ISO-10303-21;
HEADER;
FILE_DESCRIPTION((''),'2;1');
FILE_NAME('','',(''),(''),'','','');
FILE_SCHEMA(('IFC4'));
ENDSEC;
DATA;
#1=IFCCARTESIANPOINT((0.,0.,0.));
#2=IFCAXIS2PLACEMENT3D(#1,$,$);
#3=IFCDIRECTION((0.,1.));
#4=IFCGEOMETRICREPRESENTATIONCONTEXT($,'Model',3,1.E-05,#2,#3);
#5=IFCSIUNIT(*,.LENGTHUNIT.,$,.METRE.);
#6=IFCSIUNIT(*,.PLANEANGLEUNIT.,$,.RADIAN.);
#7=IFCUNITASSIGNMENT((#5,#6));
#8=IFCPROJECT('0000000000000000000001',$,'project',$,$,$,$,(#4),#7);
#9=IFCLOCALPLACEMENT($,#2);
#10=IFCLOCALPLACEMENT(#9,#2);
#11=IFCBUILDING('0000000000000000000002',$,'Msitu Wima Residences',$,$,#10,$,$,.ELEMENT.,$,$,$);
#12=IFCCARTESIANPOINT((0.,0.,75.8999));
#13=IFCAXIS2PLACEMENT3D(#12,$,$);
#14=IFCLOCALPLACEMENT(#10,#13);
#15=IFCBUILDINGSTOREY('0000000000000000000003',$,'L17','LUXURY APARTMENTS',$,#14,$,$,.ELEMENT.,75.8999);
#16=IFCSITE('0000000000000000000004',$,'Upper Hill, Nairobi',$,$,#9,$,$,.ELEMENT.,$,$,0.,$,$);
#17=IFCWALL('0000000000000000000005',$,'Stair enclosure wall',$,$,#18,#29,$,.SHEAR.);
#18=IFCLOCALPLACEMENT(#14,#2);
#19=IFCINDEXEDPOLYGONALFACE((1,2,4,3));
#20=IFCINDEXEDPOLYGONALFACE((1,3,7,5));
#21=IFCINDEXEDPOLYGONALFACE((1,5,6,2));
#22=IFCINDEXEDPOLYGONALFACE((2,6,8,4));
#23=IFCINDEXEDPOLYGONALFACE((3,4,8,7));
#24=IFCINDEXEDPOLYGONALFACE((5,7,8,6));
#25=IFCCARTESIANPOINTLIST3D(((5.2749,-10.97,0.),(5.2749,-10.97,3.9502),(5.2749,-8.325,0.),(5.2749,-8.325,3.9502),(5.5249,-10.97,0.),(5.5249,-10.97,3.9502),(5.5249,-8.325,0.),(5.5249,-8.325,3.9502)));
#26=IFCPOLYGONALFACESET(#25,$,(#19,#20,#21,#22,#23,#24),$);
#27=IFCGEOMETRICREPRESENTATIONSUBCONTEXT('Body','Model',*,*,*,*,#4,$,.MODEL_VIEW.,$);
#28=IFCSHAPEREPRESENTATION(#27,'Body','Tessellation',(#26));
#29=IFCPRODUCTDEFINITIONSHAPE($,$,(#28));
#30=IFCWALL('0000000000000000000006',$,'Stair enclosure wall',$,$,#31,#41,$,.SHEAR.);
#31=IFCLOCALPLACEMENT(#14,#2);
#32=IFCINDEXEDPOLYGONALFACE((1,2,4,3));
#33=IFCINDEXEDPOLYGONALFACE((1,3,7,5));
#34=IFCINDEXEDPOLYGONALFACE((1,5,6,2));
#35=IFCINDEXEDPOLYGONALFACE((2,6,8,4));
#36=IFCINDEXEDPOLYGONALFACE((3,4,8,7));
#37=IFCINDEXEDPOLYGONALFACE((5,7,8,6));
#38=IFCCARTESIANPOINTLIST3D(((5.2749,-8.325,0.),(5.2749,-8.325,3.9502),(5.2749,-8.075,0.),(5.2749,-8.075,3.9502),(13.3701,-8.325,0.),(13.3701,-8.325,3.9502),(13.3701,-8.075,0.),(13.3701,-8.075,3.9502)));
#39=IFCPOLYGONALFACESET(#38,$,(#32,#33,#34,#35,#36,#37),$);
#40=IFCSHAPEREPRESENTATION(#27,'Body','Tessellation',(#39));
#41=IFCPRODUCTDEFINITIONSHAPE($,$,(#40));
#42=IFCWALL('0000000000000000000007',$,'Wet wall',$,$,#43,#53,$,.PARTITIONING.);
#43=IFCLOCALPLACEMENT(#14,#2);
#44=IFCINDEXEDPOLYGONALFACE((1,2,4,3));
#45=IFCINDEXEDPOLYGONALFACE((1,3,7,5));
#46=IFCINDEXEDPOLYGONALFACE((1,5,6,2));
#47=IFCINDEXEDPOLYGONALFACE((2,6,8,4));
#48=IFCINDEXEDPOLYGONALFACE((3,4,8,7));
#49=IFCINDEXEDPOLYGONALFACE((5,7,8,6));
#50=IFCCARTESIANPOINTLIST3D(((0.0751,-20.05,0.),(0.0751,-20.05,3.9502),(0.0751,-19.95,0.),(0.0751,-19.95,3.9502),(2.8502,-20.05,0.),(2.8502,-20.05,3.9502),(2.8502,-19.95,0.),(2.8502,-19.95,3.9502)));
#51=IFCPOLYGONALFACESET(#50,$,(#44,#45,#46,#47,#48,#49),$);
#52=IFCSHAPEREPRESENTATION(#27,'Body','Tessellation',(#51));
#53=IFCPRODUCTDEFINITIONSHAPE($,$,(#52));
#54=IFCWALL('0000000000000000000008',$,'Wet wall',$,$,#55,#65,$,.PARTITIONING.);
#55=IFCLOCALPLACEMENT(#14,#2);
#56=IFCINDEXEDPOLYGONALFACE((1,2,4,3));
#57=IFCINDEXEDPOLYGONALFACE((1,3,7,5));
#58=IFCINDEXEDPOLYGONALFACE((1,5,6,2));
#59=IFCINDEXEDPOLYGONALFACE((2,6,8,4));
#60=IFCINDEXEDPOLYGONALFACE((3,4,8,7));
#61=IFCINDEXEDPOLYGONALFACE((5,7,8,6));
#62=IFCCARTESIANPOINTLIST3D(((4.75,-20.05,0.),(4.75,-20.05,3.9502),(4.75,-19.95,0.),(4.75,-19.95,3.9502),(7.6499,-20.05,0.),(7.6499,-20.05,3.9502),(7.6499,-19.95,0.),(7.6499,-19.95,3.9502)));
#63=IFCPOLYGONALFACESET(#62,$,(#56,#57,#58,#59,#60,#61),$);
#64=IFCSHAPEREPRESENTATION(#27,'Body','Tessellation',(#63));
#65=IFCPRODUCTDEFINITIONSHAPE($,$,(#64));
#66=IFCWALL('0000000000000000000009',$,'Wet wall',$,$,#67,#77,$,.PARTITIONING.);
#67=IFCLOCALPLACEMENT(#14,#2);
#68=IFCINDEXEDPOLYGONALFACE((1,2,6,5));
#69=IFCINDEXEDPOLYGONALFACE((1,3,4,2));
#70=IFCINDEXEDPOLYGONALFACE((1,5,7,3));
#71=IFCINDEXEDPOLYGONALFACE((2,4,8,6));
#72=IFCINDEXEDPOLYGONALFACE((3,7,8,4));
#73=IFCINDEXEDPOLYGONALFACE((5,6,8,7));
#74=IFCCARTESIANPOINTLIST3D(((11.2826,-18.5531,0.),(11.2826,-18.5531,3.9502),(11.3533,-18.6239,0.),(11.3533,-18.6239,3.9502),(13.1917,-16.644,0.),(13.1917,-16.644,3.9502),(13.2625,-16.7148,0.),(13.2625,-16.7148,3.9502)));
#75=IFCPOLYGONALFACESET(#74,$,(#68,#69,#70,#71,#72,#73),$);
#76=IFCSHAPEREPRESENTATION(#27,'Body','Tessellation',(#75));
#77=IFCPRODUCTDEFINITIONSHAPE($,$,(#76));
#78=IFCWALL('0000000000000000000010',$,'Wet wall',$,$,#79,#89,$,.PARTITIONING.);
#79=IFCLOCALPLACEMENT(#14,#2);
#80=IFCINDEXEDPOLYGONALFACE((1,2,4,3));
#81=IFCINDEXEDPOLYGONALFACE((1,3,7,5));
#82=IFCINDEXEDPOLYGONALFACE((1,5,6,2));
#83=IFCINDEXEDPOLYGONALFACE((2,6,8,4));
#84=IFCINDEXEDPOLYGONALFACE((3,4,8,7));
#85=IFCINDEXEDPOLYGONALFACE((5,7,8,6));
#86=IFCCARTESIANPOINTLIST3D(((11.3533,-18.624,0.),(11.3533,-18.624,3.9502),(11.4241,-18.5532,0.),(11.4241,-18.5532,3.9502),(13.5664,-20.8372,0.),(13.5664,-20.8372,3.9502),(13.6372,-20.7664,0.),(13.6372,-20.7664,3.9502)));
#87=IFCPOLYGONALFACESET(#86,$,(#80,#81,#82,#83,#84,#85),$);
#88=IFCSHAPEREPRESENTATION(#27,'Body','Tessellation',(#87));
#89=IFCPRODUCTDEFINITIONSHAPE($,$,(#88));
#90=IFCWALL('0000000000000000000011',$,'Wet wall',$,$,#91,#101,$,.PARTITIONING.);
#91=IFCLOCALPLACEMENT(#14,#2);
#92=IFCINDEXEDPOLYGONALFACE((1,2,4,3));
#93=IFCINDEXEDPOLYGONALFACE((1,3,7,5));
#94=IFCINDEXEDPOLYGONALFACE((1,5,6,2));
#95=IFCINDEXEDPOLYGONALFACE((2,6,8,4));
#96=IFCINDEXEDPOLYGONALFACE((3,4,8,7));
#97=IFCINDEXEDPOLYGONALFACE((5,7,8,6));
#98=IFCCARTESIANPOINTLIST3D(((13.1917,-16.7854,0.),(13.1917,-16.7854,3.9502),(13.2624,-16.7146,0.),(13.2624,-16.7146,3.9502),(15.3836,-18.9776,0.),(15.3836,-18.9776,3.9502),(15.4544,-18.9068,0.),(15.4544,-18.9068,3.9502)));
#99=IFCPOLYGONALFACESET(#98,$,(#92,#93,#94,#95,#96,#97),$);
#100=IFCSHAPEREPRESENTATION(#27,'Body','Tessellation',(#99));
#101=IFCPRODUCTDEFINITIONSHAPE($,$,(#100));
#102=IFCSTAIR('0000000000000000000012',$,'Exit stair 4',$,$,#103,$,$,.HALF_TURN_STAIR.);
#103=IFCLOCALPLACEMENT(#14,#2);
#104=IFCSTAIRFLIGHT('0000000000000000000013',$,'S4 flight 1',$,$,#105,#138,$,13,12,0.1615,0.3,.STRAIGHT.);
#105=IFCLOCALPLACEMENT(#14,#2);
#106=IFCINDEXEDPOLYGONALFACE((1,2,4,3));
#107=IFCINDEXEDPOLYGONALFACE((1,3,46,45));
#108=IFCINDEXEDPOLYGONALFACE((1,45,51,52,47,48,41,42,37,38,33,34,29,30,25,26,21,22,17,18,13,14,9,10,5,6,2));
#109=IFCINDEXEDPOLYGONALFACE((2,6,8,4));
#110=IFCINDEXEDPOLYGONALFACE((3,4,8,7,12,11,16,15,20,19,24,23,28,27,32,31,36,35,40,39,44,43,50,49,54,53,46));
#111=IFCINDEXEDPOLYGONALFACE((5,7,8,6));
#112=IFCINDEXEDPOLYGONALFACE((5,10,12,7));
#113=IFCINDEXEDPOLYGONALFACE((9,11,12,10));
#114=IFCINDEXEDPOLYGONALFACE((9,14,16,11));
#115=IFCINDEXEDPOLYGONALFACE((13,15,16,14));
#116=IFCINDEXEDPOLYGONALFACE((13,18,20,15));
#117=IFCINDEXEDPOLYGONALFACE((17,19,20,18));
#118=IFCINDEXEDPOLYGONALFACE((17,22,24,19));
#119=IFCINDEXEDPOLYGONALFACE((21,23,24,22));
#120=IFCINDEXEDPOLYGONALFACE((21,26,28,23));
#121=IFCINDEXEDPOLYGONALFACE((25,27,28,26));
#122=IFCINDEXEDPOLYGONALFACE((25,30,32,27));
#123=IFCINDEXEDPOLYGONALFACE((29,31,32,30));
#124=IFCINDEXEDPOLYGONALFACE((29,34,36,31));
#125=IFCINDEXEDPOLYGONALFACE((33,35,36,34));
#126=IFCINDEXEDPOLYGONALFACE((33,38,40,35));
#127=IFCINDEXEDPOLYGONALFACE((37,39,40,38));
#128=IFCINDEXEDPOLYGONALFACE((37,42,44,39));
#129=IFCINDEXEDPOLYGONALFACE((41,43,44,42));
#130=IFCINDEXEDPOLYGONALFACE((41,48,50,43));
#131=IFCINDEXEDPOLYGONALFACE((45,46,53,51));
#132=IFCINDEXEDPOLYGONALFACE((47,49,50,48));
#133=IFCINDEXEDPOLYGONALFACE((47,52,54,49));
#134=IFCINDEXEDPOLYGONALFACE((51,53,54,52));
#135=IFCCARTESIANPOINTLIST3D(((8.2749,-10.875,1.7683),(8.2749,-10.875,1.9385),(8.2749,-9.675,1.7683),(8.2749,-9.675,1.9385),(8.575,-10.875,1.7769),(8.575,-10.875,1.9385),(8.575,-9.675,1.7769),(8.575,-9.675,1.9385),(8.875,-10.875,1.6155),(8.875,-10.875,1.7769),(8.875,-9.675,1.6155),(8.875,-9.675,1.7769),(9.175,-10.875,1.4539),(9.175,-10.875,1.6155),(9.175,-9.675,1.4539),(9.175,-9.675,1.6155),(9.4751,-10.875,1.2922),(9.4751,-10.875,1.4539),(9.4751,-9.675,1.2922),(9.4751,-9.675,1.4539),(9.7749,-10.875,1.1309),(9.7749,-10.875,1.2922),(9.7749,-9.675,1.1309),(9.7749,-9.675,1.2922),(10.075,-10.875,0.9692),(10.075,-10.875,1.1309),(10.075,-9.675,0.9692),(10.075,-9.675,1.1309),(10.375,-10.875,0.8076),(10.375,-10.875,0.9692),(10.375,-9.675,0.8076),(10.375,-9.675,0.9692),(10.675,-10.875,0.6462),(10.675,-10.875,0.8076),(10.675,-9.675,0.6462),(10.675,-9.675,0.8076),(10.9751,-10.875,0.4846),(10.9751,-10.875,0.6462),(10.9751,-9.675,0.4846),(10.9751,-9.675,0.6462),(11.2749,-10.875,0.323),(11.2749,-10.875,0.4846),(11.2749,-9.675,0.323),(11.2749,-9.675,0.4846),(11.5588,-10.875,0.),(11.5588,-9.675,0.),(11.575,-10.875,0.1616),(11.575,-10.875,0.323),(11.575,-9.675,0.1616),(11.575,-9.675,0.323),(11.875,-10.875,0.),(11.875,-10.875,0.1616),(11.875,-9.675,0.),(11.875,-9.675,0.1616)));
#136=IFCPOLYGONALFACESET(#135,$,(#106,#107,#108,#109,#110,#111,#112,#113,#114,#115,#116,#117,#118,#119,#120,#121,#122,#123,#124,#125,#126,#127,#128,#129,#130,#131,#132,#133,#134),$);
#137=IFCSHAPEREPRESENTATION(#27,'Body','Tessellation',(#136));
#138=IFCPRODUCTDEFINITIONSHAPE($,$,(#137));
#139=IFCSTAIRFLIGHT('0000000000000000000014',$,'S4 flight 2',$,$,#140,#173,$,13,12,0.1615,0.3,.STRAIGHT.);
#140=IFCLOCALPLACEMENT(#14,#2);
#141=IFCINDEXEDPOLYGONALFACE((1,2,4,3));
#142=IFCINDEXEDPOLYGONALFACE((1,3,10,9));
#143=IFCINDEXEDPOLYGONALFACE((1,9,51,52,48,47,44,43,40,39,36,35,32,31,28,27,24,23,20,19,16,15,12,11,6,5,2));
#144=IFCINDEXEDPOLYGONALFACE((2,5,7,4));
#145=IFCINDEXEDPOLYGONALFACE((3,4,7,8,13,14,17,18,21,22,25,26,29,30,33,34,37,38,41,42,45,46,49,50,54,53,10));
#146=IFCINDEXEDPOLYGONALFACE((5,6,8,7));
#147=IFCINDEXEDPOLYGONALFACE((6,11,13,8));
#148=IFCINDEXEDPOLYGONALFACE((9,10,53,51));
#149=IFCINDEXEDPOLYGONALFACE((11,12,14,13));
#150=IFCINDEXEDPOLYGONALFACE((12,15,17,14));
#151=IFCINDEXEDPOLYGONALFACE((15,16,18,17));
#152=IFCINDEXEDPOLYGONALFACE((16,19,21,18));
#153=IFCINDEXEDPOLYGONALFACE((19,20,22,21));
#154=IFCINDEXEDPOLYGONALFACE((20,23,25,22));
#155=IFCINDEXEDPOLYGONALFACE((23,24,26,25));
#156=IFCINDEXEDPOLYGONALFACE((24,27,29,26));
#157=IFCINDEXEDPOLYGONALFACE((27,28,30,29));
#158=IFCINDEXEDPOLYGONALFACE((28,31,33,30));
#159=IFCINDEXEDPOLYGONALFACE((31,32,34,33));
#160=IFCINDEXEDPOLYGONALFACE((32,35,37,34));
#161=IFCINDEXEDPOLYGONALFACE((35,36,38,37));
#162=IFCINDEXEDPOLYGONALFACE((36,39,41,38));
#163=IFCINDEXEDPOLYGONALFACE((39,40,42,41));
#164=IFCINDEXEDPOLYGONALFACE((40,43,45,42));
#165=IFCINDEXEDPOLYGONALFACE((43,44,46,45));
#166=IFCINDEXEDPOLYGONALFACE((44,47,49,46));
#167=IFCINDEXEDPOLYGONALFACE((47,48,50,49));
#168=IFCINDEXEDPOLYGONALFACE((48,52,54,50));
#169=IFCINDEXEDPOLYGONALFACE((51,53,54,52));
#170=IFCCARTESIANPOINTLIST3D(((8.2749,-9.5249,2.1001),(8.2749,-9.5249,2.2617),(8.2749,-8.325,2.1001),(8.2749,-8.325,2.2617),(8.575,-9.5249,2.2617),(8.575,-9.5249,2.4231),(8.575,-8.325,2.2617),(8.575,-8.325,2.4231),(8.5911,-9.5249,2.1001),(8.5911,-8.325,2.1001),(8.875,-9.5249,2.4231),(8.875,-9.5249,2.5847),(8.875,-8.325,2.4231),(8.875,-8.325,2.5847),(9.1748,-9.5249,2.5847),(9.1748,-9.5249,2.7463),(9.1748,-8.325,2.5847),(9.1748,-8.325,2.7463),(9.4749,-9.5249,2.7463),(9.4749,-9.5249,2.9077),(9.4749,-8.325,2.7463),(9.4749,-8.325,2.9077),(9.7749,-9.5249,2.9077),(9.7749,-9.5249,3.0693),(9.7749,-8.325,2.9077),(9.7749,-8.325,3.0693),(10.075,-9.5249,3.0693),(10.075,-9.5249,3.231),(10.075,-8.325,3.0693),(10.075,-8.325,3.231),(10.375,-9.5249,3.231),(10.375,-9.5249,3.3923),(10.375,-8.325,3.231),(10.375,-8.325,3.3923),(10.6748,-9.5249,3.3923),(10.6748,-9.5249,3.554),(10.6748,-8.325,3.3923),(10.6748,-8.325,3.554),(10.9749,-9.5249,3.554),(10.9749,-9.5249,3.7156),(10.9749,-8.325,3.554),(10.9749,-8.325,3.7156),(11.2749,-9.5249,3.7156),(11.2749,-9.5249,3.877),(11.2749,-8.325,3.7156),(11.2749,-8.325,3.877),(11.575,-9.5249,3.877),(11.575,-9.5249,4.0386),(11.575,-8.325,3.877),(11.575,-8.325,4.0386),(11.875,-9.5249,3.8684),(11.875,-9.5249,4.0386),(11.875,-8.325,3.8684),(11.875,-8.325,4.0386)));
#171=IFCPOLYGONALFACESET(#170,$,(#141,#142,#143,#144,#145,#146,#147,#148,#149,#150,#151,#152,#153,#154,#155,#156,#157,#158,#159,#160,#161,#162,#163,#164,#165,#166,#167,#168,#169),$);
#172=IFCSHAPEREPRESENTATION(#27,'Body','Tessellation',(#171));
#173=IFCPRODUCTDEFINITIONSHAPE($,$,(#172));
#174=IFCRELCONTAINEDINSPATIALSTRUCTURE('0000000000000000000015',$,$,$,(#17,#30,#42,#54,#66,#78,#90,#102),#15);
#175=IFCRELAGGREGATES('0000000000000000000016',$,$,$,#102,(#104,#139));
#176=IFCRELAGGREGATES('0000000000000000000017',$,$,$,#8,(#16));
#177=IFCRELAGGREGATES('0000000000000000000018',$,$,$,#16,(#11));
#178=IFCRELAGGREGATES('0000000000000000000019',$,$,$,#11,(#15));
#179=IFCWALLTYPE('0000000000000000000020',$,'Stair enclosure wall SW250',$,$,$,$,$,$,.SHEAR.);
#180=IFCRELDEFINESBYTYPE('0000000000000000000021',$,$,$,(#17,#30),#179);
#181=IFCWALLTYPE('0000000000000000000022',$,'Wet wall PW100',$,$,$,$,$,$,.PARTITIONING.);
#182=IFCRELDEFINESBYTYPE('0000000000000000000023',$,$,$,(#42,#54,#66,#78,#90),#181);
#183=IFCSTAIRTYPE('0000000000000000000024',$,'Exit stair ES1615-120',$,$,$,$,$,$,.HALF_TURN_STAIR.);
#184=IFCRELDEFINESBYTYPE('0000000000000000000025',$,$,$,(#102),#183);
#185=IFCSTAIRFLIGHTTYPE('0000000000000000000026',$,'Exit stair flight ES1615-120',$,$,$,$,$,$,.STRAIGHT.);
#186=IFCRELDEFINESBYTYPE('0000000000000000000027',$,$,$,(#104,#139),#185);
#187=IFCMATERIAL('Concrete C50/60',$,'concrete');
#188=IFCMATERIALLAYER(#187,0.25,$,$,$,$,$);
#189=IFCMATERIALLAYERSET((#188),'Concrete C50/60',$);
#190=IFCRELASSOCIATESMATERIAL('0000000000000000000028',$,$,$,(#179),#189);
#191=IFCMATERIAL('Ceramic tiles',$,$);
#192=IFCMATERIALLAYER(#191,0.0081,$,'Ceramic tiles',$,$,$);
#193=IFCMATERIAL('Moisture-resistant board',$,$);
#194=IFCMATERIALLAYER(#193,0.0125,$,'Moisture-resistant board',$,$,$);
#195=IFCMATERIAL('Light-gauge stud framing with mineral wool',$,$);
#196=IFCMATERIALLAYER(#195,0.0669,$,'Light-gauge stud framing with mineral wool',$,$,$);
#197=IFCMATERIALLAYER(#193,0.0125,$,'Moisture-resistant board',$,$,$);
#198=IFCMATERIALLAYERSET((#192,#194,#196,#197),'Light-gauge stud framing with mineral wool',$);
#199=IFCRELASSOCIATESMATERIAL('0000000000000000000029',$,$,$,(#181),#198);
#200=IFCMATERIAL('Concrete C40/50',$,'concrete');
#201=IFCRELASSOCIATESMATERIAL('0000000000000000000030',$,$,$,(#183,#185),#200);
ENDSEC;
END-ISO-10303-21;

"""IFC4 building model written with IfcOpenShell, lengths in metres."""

from ifc_helpers import new_model, si_unit, direction, frame, frame_2d, origin, place, context, subcontext, project, spatial, polyline, rectangle, outline, extrude, material, layer, layer_set, type_object, element, aggregate, save


model = new_model("IFC4")

# Units and contexts
model_context = context("Model", 3, precision=1e-05, world=origin(), true_north=direction((0.0, 1.0)))
body_context = subcontext(model_context, "Body", "Model", "MODEL_VIEW")
ifc_project = project(units=[si_unit("LENGTHUNIT", "METRE"), si_unit("PLANEANGLEUNIT", "RADIAN")], contexts=[model_context])

# Site, building, storey
site_placement = place(None, origin())
site = spatial("IfcSite", under=ifc_project, at=site_placement, Name="Upper Hill, Nairobi", CompositionType="ELEMENT", RefElevation=0.0)
building_placement = place(site_placement, origin())
building = spatial("IfcBuilding", under=site, at=building_placement, Name="Msitu Wima Residences", CompositionType="ELEMENT")
storey_placement = place(building_placement, frame((0.0, 0.0, 75.8999)))
storey = spatial("IfcBuildingStorey", under=building, at=storey_placement, Name="L17", Description="LUXURY APARTMENTS", CompositionType="ELEMENT", Elevation=75.8999)

# Shared definitions
ifc_material_1 = material(Name="Concrete C40/50", Category="concrete")

# Walls
ifc_material_2 = material(Name="Light-gauge stud framing with mineral wool")
ifc_material_3 = material(Name="Concrete C50/60", Category="concrete")
ifc_layer_1 = layer(ifc_material_3, 0.25)
ifc_layer_set_1 = layer_set([ifc_layer_1], Name="Concrete C50/60")
wall_type_1 = type_object("IfcWallType", Name="Stair enclosure wall SW250", PredefinedType="SHEAR", material=ifc_layer_set_1)
wall_1_placement = place(storey_placement, frame((5.3999, -10.97, 0.0), z_axis=(0.0, 0.0, 1.0), x_axis=(0.0, 1.0, 0.0)))
element("IfcWall", 1, at=wall_1_placement, inside=storey, type_object=wall_type_1, Name="Stair enclosure wall", PredefinedType="SHEAR", context=body_context, shape_type="SweptSolid", body=[
    extrude(rectangle(XDim=2.645, YDim=0.25, at=frame_2d((1.3225, 0.0))), origin(), (0.0, 0.0, 1.0), 3.9502),
])
wall_2_placement = place(storey_placement, frame((5.2749, -8.2, 0.0), z_axis=(0.0, 0.0, 1.0), x_axis=(1.0, 0.0, 0.0)))
element("IfcWall", 2, at=wall_2_placement, inside=storey, type_object=wall_type_1, Name="Stair enclosure wall", PredefinedType="SHEAR", context=body_context, shape_type="SweptSolid", body=[
    extrude(rectangle(XDim=8.0952, YDim=0.25, at=frame_2d((4.0476, 0.0))), origin(), (0.0, 0.0, 1.0), 3.9502),
])
ifc_material_4 = material(Name="Ceramic tiles")
ifc_layer_2 = layer(ifc_material_4, 0.0081, Name="Ceramic tiles")
ifc_material_5 = material(Name="Moisture-resistant board")
ifc_layer_3 = layer(ifc_material_5, 0.0125, Name="Moisture-resistant board")
ifc_layer_4 = layer(ifc_material_2, 0.0669, Name="Light-gauge stud framing with mineral wool")
ifc_layer_5 = layer(ifc_material_5, 0.0125, Name="Moisture-resistant board")
ifc_layer_set_2 = layer_set([ifc_layer_2, ifc_layer_3, ifc_layer_4, ifc_layer_5], Name="Light-gauge stud framing with mineral wool")
wall_type_2 = type_object("IfcWallType", Name="Wet wall PW100", PredefinedType="PARTITIONING", material=ifc_layer_set_2)
wall_3_placement = place(storey_placement, frame((0.075, -20.0, 0.0), z_axis=(0.0, 0.0, 1.0), x_axis=(1.0, 0.0, 0.0)))
element("IfcWall", 3, at=wall_3_placement, inside=storey, type_object=wall_type_2, Name="Wet wall", PredefinedType="PARTITIONING", context=body_context, shape_type="SweptSolid", body=[
    extrude(rectangle(XDim=2.7751, YDim=0.1001, at=frame_2d((1.3877, 0.0))), origin(), (0.0, 0.0, 1.0), 3.9502),
])
wall_4_placement = place(storey_placement, frame((4.75, -20.0, 0.0), z_axis=(0.0, 0.0, 1.0), x_axis=(1.0, 0.0, 0.0)))
element("IfcWall", 4, at=wall_4_placement, inside=storey, type_object=wall_type_2, Name="Wet wall", PredefinedType="PARTITIONING", context=body_context, shape_type="SweptSolid", body=[
    extrude(rectangle(XDim=2.8999, YDim=0.1001, at=frame_2d((1.45, 0.0))), origin(), (0.0, 0.0, 1.0), 3.9502),
])
wall_5_placement = place(storey_placement, frame((11.3179, -18.5886, 0.0), z_axis=(0.0, 0.0, 1.0), x_axis=(0.707107, 0.707107, 0.0)))
element("IfcWall", 5, at=wall_5_placement, inside=storey, type_object=wall_type_2, Name="Wet wall", PredefinedType="PARTITIONING", context=body_context, shape_type="SweptSolid", body=[
    extrude(rectangle(XDim=2.7, YDim=0.1001, at=frame_2d((1.3501, 0.0))), origin(), (0.0, 0.0, 1.0), 3.9502),
])
wall_6_placement = place(storey_placement, frame((11.3887, -18.5886, 0.0), z_axis=(0.0, 0.0, 1.0), x_axis=(0.707107, -0.707107, 0.0)))
element("IfcWall", 6, at=wall_6_placement, inside=storey, type_object=wall_type_2, Name="Wet wall", PredefinedType="PARTITIONING", context=body_context, shape_type="SweptSolid", body=[
    extrude(rectangle(XDim=3.1299, YDim=0.1001, at=frame_2d((1.5649, 0.0))), origin(), (0.0, 0.0, 1.0), 3.9502),
])
wall_7_placement = place(storey_placement, frame((13.2271, -16.75, 0.0), z_axis=(0.0, 0.0, 1.0), x_axis=(0.707067, -0.707146, 0.0)))
element("IfcWall", 7, at=wall_7_placement, inside=storey, type_object=wall_type_2, Name="Wet wall", PredefinedType="PARTITIONING", context=body_context, shape_type="SweptSolid", body=[
    extrude(rectangle(XDim=3.1001, YDim=0.1001, at=frame_2d((1.55, 0.0))), origin(), (0.0, 0.0, 1.0), 3.9502),
])

# Stair, stair flights
stair_type = type_object("IfcStairType", Name="Exit stair ES1615-120", PredefinedType="HALF_TURN_STAIR", material=ifc_material_1)
stair_placement = place(storey_placement, origin())
stair = element("IfcStair", 8, at=stair_placement, inside=storey, type_object=stair_type, Name="Exit stair 4", PredefinedType="HALF_TURN_STAIR")
stair_flight_type = type_object("IfcStairFlightType", Name="Exit stair flight ES1615-120", PredefinedType="STRAIGHT", material=ifc_material_1)
stair_flight_1_placement = place(storey_placement, frame((11.875, -10.2749, 0.0), z_axis=(0.0, 0.0, 1.0), x_axis=(-1.0, 0.0, 0.0)))
stair_flight_1 = element("IfcStairFlight", 9, at=stair_flight_1_placement, type_object=stair_flight_type, Name="S4 flight 1", NumberOfRisers=13, NumberOfTreads=12, PredefinedType="STRAIGHT", RiserHeight=0.1615, TreadLength=0.3, context=body_context, shape_type="SweptSolid", body=[
    extrude(outline(polyline([(0.0, 0.0), (0.0, 0.1616), (0.3, 0.1616), (0.3, 0.323), (0.6001, 0.323), (0.6001, 0.4846), (0.8999, 0.4846), (0.8999, 0.6462), (1.2, 0.6462), (1.2, 0.8076), (1.5, 0.8076), (1.5, 0.9692), (1.8, 0.9692), (1.8, 1.1309), (2.1001, 1.1309), (2.1001, 1.2922), (2.3999, 1.2922), (2.3999, 1.4539), (2.7, 1.4539), (2.7, 1.6155), (3.0, 1.6155), (3.0, 1.7769), (3.3, 1.7769), (3.3, 1.9385), (3.6001, 1.9385), (3.6001, 2.1001), (3.6001, 1.7683), (0.3162, 0.0), (0.0, 0.0)])), frame((0.0, 0.6001, 0.0), z_axis=(0.0, -1.0, 0.0), x_axis=(1.0, 0.0, 0.0)), (0.0, 0.0, 1.0), 1.2),
])
stair_flight_2_placement = place(storey_placement, frame((8.2749, -8.925, 2.1001), z_axis=(0.0, 0.0, 1.0), x_axis=(1.0, 0.0, 0.0)))
stair_flight_2 = element("IfcStairFlight", 10, at=stair_flight_2_placement, type_object=stair_flight_type, Name="S4 flight 2", NumberOfRisers=13, NumberOfTreads=12, PredefinedType="STRAIGHT", RiserHeight=0.1615, TreadLength=0.3, context=body_context, shape_type="SweptSolid", body=[
    extrude(outline(polyline([(0.0, 0.0), (0.0, 0.1616), (0.3, 0.1616), (0.3, 0.323), (0.6001, 0.323), (0.6001, 0.4846), (0.8999, 0.4846), (0.8999, 0.6462), (1.2, 0.6462), (1.2, 0.8076), (1.5, 0.8076), (1.5, 0.9692), (1.8, 0.9692), (1.8, 1.1309), (2.1001, 1.1309), (2.1001, 1.2922), (2.3999, 1.2922), (2.3999, 1.4539), (2.7, 1.4539), (2.7, 1.6155), (3.0, 1.6155), (3.0, 1.7769), (3.3, 1.7769), (3.3, 1.9385), (3.6001, 1.9385), (3.6001, 2.1001), (3.6001, 1.7683), (0.3162, 0.0), (0.0, 0.0)])), frame((0.0, 0.6001, 0.0), z_axis=(0.0, -1.0, 0.0), x_axis=(1.0, 0.0, 0.0)), (0.0, 0.0, 1.0), 1.2),
])
aggregate(stair, [stair_flight_1, stair_flight_2])

save(model, "model.ifc")
